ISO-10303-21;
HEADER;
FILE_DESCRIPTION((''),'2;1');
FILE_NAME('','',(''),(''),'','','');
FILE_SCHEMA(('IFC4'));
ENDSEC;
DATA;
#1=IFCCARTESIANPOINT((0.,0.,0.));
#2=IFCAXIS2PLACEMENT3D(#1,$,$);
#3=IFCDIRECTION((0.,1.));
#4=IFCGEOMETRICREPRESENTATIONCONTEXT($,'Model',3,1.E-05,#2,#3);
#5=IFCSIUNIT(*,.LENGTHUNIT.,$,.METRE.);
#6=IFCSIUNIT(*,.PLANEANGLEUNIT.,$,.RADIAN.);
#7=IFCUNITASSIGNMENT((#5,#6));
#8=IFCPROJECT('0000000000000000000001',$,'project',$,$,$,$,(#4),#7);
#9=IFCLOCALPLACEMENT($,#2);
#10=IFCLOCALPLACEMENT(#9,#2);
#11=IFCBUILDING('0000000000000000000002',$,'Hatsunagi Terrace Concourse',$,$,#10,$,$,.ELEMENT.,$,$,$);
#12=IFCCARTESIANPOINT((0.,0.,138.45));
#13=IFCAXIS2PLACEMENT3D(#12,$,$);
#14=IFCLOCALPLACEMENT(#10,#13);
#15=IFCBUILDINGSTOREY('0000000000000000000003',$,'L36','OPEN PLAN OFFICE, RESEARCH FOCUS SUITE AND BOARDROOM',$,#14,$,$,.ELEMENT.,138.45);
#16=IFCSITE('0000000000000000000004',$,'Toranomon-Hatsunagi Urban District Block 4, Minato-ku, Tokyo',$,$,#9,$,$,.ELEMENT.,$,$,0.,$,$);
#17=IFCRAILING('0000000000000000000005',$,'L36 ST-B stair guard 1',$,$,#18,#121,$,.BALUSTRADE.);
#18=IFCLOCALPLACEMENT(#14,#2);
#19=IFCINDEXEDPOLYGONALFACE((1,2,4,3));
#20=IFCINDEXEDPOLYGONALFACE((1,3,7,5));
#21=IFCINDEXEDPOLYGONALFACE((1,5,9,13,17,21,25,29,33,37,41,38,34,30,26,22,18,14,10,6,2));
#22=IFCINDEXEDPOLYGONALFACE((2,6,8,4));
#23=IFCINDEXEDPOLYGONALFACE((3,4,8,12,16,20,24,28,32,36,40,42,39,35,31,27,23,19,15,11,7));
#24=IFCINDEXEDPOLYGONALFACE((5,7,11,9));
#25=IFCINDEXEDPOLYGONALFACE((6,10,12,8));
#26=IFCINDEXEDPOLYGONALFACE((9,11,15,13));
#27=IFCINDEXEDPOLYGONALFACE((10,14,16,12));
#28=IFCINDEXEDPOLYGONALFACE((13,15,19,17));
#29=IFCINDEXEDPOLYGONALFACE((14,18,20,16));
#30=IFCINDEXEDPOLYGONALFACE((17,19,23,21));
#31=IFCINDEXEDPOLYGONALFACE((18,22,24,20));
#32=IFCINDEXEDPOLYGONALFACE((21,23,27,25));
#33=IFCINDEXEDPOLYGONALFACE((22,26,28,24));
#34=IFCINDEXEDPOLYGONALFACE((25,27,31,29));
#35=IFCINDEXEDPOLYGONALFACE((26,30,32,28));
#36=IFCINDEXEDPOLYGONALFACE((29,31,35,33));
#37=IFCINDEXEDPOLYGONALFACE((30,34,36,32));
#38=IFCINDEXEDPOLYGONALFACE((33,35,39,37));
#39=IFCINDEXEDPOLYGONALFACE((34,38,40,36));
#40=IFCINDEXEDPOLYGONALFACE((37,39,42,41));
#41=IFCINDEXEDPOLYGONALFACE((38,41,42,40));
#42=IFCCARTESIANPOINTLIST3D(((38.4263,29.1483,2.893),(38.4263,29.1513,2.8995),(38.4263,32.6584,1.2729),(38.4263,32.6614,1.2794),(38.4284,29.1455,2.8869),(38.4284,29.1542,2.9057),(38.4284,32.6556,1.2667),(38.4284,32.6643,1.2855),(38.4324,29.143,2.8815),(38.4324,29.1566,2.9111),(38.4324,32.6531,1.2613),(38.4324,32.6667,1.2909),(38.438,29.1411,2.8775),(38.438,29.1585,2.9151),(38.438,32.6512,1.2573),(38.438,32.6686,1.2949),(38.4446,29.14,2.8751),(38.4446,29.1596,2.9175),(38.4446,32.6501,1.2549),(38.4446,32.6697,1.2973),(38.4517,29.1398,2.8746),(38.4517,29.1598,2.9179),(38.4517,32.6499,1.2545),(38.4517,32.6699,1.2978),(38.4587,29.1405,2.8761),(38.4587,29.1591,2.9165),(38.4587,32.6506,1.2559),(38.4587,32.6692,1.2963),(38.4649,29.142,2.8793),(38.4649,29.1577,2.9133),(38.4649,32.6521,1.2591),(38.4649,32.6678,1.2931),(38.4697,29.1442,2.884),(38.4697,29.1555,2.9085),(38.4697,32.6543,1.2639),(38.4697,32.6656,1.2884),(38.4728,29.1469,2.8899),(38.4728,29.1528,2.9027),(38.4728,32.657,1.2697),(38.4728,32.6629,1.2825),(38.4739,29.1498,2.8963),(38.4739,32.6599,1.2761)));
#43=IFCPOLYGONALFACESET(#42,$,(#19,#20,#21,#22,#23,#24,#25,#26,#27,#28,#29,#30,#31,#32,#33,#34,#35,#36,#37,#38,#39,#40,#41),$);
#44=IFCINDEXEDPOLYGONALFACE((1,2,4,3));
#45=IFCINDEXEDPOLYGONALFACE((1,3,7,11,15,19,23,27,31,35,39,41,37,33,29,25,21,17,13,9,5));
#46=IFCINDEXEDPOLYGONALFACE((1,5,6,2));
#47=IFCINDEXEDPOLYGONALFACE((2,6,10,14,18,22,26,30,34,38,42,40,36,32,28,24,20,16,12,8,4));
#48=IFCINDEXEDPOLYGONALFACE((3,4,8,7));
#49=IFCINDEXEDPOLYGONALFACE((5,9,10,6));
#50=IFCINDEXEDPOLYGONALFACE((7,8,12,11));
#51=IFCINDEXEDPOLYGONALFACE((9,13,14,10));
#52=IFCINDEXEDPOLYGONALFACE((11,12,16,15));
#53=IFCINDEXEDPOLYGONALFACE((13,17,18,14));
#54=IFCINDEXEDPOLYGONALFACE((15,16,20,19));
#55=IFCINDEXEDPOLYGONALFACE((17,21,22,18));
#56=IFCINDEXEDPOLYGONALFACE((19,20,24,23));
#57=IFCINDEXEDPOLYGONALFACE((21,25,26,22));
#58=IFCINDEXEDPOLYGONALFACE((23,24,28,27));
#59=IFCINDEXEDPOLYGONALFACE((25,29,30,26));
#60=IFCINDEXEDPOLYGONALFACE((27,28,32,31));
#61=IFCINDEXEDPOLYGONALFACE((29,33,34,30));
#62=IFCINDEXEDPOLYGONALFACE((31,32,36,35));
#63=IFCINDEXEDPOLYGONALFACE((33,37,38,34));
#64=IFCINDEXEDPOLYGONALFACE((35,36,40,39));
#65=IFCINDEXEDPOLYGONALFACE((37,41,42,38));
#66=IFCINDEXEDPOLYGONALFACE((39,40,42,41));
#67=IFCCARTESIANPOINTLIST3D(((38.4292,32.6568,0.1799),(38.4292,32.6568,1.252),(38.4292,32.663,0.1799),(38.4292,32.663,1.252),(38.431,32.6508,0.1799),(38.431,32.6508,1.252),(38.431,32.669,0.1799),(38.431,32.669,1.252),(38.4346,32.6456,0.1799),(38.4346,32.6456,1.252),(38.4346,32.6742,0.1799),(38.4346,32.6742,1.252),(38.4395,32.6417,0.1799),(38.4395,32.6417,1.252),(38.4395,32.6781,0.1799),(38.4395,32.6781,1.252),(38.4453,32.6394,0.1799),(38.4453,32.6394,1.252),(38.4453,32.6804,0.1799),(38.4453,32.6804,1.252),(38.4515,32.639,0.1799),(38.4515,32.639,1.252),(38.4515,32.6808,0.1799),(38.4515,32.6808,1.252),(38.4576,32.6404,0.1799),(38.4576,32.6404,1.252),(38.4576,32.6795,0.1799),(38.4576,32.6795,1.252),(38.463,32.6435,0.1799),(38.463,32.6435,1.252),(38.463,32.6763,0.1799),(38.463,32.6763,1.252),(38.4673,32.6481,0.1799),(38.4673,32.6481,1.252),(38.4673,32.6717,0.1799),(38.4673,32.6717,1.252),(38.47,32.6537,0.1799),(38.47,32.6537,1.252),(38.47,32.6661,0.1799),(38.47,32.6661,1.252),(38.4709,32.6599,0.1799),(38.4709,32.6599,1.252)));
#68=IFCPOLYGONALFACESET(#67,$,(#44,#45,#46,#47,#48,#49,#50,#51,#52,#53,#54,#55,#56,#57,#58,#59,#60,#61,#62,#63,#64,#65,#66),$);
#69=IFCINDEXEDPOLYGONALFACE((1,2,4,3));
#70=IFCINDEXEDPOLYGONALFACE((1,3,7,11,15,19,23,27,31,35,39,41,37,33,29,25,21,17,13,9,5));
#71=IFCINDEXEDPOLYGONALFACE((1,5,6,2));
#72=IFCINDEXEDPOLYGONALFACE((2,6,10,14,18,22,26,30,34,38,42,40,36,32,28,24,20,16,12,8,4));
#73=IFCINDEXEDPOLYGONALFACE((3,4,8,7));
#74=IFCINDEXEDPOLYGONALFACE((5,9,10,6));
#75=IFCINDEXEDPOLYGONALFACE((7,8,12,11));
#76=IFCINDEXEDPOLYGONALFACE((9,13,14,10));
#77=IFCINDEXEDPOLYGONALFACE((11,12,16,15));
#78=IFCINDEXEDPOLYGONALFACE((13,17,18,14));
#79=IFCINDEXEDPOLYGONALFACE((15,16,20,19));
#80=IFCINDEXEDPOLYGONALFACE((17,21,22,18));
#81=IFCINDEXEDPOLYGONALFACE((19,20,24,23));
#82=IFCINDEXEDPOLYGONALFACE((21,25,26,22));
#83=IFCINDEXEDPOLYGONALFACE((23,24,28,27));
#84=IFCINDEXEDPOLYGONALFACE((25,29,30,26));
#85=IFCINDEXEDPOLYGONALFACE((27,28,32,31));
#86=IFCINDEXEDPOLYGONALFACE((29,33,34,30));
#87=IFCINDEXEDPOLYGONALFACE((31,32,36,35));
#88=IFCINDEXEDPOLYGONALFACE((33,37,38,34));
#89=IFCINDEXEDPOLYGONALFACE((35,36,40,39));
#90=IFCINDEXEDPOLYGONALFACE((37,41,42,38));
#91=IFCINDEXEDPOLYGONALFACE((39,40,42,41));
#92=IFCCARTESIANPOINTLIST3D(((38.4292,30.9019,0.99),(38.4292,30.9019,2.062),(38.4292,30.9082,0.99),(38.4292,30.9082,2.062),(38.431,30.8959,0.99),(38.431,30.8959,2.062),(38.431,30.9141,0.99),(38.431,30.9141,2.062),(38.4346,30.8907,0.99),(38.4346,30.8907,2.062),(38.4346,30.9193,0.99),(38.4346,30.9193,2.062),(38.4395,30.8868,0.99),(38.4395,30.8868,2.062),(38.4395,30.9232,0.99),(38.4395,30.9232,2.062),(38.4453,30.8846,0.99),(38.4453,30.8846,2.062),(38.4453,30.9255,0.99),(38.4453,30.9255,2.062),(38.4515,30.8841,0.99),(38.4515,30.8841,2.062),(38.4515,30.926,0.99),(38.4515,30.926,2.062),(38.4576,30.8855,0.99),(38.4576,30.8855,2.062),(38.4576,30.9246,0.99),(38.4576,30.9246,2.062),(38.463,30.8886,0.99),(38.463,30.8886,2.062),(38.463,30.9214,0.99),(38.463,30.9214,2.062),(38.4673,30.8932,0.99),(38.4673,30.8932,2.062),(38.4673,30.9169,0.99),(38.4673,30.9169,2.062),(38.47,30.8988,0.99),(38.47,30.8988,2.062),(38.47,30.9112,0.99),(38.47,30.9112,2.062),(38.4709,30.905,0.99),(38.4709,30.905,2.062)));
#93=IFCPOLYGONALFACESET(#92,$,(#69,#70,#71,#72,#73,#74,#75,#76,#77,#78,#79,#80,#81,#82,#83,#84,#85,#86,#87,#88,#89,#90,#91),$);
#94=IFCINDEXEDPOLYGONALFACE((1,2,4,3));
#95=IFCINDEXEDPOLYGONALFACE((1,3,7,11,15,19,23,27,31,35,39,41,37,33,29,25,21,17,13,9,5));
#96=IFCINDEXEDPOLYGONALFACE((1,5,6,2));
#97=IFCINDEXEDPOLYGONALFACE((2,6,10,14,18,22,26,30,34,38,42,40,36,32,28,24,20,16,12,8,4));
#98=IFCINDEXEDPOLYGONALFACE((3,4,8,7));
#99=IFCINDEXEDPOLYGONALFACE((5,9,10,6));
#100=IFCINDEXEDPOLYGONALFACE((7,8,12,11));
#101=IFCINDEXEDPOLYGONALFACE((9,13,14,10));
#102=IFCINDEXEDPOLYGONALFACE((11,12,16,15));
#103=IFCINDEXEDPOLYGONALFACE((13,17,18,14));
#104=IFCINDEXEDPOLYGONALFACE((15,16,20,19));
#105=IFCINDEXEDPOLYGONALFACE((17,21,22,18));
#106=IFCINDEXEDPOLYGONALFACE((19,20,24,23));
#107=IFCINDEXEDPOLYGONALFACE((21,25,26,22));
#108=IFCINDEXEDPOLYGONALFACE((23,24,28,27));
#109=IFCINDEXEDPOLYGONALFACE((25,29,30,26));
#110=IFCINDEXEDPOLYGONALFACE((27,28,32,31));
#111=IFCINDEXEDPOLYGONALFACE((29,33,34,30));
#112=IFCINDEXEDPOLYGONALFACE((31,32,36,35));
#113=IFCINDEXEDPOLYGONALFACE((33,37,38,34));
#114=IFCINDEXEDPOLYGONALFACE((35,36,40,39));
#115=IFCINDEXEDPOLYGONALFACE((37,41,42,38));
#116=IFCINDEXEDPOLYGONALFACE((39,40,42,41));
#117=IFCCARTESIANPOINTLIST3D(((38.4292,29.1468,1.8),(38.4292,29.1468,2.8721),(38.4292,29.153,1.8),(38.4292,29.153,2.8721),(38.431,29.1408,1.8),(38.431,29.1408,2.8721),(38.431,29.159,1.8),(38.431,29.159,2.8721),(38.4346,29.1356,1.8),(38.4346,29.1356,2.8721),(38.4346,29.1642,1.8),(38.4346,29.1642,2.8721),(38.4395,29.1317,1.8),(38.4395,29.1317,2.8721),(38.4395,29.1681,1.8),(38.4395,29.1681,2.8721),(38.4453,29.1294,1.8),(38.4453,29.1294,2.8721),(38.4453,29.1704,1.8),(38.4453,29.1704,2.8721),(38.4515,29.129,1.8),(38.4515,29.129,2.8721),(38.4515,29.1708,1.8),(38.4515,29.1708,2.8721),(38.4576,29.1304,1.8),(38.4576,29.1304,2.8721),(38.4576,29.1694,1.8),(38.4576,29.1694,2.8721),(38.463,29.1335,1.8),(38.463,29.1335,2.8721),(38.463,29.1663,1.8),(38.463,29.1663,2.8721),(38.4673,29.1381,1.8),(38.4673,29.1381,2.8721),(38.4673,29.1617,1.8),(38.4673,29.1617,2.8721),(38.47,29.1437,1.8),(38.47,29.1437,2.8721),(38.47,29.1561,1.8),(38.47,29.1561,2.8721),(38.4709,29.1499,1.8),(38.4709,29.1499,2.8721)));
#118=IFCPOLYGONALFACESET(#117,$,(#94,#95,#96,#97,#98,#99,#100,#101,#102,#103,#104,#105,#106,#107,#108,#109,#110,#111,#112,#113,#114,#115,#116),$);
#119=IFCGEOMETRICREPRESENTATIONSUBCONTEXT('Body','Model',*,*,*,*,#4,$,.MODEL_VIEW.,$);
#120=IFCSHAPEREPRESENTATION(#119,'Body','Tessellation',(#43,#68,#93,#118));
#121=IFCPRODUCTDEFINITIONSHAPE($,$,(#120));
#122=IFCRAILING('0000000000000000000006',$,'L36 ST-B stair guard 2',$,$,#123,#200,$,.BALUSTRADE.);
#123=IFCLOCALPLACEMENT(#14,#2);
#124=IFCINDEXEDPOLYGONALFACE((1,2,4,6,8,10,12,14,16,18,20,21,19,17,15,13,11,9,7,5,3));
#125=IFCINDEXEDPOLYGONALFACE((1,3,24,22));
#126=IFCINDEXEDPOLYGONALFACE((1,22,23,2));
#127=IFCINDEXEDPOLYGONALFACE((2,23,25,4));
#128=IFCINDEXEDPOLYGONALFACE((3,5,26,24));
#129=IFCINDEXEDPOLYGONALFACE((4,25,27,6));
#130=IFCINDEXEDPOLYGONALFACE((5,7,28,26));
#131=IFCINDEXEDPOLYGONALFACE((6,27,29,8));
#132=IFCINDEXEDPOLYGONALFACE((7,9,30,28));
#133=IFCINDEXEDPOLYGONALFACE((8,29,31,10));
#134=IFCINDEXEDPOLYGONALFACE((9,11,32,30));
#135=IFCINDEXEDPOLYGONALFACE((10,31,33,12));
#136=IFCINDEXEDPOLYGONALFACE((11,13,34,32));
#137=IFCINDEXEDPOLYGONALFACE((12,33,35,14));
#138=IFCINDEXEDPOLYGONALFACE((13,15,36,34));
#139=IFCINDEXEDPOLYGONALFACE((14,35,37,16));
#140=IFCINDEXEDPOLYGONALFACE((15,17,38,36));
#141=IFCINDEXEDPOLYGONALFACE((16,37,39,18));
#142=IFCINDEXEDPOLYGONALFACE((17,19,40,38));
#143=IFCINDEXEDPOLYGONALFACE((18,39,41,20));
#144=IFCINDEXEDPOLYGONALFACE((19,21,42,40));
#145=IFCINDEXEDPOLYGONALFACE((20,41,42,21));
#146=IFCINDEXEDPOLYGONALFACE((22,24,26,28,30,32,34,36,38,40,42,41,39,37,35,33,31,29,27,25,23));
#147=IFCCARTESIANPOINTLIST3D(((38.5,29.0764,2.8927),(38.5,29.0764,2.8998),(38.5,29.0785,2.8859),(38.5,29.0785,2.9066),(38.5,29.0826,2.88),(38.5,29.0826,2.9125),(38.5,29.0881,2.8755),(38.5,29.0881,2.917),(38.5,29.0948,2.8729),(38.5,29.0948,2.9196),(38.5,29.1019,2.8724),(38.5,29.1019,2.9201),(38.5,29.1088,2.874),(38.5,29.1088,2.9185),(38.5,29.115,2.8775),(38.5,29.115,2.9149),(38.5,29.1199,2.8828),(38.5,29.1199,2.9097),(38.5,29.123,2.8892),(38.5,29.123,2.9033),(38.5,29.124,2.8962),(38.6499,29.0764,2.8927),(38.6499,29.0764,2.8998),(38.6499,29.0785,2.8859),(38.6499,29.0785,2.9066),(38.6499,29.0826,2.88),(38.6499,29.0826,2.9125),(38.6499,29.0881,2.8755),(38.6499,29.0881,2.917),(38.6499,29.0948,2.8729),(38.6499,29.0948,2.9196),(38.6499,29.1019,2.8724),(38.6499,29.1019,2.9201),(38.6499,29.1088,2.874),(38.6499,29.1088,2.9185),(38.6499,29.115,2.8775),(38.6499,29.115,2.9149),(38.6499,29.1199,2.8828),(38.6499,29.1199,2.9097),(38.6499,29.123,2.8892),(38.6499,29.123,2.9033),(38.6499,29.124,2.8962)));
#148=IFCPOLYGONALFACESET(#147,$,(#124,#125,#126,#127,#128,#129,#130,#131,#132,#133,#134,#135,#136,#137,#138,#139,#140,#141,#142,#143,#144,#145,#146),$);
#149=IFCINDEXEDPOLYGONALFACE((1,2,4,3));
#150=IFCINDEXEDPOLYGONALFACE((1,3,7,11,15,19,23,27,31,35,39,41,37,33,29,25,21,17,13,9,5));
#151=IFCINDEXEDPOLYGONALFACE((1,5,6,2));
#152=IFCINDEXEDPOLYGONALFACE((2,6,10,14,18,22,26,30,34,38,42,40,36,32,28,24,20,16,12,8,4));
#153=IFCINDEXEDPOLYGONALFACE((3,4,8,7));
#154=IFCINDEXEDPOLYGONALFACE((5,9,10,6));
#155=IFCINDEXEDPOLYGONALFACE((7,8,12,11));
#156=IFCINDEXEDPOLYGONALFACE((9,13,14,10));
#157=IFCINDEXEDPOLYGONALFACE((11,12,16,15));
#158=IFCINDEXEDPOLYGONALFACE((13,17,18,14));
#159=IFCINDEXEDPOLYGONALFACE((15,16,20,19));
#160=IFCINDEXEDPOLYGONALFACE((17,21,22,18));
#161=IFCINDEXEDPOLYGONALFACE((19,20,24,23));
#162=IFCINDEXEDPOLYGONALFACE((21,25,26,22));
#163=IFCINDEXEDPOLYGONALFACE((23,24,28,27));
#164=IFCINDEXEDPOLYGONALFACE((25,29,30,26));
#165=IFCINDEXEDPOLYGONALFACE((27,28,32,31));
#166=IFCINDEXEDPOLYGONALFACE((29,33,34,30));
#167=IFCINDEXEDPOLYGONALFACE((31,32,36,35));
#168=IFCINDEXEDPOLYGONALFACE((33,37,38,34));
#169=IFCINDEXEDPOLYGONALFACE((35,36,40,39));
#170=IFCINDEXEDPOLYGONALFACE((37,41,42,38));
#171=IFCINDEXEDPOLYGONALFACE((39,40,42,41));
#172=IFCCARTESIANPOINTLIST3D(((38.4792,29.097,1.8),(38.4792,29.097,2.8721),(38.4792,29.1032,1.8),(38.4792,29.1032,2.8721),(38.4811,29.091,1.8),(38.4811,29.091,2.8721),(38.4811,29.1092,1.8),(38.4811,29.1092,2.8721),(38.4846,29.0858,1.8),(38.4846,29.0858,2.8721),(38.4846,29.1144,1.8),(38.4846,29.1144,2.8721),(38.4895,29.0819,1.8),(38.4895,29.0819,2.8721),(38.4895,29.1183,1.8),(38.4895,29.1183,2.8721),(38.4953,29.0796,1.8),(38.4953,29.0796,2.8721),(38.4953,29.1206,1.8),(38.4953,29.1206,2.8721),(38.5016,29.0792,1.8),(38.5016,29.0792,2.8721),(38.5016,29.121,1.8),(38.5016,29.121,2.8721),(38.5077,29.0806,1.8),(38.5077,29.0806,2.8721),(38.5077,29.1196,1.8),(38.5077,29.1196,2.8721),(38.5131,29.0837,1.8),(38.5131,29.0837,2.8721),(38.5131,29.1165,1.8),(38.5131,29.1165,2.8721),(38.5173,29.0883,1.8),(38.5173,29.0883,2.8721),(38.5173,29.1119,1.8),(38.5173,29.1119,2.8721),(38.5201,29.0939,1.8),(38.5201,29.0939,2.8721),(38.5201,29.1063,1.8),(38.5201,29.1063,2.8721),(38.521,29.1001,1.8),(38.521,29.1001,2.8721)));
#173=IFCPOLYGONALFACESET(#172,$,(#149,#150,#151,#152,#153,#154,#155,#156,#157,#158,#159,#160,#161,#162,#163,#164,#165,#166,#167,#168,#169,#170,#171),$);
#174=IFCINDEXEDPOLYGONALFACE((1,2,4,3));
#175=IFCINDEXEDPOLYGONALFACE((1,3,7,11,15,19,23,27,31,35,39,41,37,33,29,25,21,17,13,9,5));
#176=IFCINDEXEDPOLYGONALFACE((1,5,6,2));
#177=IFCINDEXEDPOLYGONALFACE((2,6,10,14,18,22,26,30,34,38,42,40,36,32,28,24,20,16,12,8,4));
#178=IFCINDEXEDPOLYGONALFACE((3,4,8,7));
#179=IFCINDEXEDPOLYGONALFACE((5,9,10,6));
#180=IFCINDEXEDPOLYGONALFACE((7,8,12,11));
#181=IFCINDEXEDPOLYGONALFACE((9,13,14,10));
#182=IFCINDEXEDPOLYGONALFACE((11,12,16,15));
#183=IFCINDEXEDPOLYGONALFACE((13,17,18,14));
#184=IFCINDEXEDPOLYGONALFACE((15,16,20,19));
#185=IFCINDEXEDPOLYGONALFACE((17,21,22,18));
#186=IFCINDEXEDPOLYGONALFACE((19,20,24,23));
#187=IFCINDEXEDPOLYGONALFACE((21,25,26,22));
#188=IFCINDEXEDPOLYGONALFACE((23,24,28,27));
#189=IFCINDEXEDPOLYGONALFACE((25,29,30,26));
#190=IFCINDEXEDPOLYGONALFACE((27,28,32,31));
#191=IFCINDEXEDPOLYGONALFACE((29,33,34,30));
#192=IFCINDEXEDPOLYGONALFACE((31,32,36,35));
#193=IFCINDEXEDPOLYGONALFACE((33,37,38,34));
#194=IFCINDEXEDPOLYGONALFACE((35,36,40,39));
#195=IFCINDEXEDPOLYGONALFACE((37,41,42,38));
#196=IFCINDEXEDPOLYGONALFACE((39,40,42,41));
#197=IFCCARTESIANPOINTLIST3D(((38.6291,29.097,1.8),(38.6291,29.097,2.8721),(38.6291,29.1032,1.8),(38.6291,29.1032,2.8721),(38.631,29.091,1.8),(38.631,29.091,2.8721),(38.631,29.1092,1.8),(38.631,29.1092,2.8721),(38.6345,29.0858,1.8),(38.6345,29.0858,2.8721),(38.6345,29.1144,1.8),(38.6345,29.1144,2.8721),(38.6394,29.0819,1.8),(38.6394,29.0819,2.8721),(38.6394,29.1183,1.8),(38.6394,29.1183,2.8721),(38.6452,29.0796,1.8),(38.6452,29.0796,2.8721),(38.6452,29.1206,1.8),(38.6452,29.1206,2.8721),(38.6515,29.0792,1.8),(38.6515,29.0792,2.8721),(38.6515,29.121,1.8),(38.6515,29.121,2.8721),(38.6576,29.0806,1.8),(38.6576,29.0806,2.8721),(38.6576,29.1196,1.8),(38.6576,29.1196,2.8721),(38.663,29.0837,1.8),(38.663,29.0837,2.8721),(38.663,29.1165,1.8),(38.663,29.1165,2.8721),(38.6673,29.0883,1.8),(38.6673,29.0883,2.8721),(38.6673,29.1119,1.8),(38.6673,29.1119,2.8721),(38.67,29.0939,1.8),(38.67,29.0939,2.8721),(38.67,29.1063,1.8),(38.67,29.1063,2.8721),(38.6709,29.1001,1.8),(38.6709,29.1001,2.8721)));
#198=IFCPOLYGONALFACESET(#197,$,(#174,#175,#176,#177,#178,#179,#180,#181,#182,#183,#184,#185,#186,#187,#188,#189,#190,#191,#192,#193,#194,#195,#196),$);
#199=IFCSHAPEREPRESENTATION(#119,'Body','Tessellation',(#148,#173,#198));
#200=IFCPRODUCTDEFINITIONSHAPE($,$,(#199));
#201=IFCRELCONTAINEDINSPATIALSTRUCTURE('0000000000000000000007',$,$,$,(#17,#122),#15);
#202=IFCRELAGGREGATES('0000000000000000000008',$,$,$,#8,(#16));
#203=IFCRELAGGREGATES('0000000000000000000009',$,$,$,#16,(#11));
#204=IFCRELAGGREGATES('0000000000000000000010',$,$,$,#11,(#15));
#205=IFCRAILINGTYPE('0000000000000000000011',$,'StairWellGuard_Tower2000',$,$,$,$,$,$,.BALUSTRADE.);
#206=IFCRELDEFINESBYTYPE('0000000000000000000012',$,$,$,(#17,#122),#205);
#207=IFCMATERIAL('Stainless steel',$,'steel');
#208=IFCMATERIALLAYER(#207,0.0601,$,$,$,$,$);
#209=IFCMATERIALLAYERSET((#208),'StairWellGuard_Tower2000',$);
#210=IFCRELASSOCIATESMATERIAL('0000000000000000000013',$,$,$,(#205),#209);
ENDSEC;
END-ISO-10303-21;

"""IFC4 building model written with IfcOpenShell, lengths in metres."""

from ifc_helpers import new_model, si_unit, direction, frame, origin, origin_2d, place, context, subcontext, project, spatial, circle, extrude, material, layer, layer_set, type_object, element, save


model = new_model("IFC4")

# Units and contexts
model_context = context("Model", 3, precision=1e-05, world=origin(), true_north=direction((0.0, 1.0)))
body_context = subcontext(model_context, "Body", "Model", "MODEL_VIEW")
ifc_project = project(units=[si_unit("LENGTHUNIT", "METRE"), si_unit("PLANEANGLEUNIT", "RADIAN")], contexts=[model_context])

# Site, building, storey
site_placement = place(None, origin())
site = spatial("IfcSite", under=ifc_project, at=site_placement, Name="Toranomon-Hatsunagi Urban District Block 4, Minato-ku, Tokyo", CompositionType="ELEMENT", RefElevation=0.0)
building_placement = place(site_placement, origin())
building = spatial("IfcBuilding", under=site, at=building_placement, Name="Hatsunagi Terrace Concourse", CompositionType="ELEMENT")
storey_placement = place(building_placement, frame((0.0, 0.0, 138.45)))
storey = spatial("IfcBuildingStorey", under=building, at=storey_placement, Name="L36", Description="OPEN PLAN OFFICE, RESEARCH FOCUS SUITE AND BOARDROOM", CompositionType="ELEMENT", Elevation=138.45)

# Railings
ifc_material_1 = material(Name="Stainless steel", Category="steel")
ifc_layer_1 = layer(ifc_material_1, 0.0601)
ifc_layer_set_1 = layer_set([ifc_layer_1], Name="StairWellGuard_Tower2000")
railing_type_1 = type_object("IfcRailingType", Name="StairWellGuard_Tower2000", PredefinedType="BALUSTRADE", material=ifc_layer_set_1)
railing_1_placement = place(storey_placement, frame((38.45, 32.6599, 0.1799)))
element("IfcRailing", 1, at=railing_1_placement, inside=storey, type_object=railing_type_1, Name="L36 ST-B stair guard 1", PredefinedType="BALUSTRADE", context=body_context, shape_type="SweptSolid", body=[
    extrude(circle(Radius=0.0239, at=origin_2d()), frame((0.0, 0.0, 1.0962), z_axis=(0.0, -0.907948, 0.419082), x_axis=(1.0, 0.0, 0.0)), (0.0, 0.0, 1.0), 3.866),
    extrude(circle(Radius=0.021, at=origin_2d()), origin(), (0.0, 0.0, 1.0), 1.072),
    extrude(circle(Radius=0.021, at=origin_2d()), frame((0.0, -1.7549, 0.8101)), (0.0, 0.0, 1.0), 1.072),
    extrude(circle(Radius=0.021, at=origin_2d()), frame((0.0, -3.51, 1.6201)), (0.0, 0.0, 1.0), 1.072),
])
railing_2_placement = place(storey_placement, frame((38.5, 29.1001, 1.8)))
element("IfcRailing", 2, at=railing_2_placement, inside=storey, type_object=railing_type_1, Name="L36 ST-B stair guard 2", PredefinedType="BALUSTRADE", context=body_context, shape_type="SweptSolid", body=[
    extrude(circle(Radius=0.0239, at=origin_2d()), frame((0.0, 0.0, 1.0962), z_axis=(1.0, 0.0, 0.0), x_axis=(0.0, 1.0, 0.0)), (0.0, 0.0, 1.0), 0.1499),
    extrude(circle(Radius=0.021, at=origin_2d()), origin(), (0.0, 0.0, 1.0), 1.072),
    extrude(circle(Radius=0.021, at=origin_2d()), frame((0.1499, 0.0, 0.0)), (0.0, 0.0, 1.0), 1.072),
])

save(model, "model.ifc")
